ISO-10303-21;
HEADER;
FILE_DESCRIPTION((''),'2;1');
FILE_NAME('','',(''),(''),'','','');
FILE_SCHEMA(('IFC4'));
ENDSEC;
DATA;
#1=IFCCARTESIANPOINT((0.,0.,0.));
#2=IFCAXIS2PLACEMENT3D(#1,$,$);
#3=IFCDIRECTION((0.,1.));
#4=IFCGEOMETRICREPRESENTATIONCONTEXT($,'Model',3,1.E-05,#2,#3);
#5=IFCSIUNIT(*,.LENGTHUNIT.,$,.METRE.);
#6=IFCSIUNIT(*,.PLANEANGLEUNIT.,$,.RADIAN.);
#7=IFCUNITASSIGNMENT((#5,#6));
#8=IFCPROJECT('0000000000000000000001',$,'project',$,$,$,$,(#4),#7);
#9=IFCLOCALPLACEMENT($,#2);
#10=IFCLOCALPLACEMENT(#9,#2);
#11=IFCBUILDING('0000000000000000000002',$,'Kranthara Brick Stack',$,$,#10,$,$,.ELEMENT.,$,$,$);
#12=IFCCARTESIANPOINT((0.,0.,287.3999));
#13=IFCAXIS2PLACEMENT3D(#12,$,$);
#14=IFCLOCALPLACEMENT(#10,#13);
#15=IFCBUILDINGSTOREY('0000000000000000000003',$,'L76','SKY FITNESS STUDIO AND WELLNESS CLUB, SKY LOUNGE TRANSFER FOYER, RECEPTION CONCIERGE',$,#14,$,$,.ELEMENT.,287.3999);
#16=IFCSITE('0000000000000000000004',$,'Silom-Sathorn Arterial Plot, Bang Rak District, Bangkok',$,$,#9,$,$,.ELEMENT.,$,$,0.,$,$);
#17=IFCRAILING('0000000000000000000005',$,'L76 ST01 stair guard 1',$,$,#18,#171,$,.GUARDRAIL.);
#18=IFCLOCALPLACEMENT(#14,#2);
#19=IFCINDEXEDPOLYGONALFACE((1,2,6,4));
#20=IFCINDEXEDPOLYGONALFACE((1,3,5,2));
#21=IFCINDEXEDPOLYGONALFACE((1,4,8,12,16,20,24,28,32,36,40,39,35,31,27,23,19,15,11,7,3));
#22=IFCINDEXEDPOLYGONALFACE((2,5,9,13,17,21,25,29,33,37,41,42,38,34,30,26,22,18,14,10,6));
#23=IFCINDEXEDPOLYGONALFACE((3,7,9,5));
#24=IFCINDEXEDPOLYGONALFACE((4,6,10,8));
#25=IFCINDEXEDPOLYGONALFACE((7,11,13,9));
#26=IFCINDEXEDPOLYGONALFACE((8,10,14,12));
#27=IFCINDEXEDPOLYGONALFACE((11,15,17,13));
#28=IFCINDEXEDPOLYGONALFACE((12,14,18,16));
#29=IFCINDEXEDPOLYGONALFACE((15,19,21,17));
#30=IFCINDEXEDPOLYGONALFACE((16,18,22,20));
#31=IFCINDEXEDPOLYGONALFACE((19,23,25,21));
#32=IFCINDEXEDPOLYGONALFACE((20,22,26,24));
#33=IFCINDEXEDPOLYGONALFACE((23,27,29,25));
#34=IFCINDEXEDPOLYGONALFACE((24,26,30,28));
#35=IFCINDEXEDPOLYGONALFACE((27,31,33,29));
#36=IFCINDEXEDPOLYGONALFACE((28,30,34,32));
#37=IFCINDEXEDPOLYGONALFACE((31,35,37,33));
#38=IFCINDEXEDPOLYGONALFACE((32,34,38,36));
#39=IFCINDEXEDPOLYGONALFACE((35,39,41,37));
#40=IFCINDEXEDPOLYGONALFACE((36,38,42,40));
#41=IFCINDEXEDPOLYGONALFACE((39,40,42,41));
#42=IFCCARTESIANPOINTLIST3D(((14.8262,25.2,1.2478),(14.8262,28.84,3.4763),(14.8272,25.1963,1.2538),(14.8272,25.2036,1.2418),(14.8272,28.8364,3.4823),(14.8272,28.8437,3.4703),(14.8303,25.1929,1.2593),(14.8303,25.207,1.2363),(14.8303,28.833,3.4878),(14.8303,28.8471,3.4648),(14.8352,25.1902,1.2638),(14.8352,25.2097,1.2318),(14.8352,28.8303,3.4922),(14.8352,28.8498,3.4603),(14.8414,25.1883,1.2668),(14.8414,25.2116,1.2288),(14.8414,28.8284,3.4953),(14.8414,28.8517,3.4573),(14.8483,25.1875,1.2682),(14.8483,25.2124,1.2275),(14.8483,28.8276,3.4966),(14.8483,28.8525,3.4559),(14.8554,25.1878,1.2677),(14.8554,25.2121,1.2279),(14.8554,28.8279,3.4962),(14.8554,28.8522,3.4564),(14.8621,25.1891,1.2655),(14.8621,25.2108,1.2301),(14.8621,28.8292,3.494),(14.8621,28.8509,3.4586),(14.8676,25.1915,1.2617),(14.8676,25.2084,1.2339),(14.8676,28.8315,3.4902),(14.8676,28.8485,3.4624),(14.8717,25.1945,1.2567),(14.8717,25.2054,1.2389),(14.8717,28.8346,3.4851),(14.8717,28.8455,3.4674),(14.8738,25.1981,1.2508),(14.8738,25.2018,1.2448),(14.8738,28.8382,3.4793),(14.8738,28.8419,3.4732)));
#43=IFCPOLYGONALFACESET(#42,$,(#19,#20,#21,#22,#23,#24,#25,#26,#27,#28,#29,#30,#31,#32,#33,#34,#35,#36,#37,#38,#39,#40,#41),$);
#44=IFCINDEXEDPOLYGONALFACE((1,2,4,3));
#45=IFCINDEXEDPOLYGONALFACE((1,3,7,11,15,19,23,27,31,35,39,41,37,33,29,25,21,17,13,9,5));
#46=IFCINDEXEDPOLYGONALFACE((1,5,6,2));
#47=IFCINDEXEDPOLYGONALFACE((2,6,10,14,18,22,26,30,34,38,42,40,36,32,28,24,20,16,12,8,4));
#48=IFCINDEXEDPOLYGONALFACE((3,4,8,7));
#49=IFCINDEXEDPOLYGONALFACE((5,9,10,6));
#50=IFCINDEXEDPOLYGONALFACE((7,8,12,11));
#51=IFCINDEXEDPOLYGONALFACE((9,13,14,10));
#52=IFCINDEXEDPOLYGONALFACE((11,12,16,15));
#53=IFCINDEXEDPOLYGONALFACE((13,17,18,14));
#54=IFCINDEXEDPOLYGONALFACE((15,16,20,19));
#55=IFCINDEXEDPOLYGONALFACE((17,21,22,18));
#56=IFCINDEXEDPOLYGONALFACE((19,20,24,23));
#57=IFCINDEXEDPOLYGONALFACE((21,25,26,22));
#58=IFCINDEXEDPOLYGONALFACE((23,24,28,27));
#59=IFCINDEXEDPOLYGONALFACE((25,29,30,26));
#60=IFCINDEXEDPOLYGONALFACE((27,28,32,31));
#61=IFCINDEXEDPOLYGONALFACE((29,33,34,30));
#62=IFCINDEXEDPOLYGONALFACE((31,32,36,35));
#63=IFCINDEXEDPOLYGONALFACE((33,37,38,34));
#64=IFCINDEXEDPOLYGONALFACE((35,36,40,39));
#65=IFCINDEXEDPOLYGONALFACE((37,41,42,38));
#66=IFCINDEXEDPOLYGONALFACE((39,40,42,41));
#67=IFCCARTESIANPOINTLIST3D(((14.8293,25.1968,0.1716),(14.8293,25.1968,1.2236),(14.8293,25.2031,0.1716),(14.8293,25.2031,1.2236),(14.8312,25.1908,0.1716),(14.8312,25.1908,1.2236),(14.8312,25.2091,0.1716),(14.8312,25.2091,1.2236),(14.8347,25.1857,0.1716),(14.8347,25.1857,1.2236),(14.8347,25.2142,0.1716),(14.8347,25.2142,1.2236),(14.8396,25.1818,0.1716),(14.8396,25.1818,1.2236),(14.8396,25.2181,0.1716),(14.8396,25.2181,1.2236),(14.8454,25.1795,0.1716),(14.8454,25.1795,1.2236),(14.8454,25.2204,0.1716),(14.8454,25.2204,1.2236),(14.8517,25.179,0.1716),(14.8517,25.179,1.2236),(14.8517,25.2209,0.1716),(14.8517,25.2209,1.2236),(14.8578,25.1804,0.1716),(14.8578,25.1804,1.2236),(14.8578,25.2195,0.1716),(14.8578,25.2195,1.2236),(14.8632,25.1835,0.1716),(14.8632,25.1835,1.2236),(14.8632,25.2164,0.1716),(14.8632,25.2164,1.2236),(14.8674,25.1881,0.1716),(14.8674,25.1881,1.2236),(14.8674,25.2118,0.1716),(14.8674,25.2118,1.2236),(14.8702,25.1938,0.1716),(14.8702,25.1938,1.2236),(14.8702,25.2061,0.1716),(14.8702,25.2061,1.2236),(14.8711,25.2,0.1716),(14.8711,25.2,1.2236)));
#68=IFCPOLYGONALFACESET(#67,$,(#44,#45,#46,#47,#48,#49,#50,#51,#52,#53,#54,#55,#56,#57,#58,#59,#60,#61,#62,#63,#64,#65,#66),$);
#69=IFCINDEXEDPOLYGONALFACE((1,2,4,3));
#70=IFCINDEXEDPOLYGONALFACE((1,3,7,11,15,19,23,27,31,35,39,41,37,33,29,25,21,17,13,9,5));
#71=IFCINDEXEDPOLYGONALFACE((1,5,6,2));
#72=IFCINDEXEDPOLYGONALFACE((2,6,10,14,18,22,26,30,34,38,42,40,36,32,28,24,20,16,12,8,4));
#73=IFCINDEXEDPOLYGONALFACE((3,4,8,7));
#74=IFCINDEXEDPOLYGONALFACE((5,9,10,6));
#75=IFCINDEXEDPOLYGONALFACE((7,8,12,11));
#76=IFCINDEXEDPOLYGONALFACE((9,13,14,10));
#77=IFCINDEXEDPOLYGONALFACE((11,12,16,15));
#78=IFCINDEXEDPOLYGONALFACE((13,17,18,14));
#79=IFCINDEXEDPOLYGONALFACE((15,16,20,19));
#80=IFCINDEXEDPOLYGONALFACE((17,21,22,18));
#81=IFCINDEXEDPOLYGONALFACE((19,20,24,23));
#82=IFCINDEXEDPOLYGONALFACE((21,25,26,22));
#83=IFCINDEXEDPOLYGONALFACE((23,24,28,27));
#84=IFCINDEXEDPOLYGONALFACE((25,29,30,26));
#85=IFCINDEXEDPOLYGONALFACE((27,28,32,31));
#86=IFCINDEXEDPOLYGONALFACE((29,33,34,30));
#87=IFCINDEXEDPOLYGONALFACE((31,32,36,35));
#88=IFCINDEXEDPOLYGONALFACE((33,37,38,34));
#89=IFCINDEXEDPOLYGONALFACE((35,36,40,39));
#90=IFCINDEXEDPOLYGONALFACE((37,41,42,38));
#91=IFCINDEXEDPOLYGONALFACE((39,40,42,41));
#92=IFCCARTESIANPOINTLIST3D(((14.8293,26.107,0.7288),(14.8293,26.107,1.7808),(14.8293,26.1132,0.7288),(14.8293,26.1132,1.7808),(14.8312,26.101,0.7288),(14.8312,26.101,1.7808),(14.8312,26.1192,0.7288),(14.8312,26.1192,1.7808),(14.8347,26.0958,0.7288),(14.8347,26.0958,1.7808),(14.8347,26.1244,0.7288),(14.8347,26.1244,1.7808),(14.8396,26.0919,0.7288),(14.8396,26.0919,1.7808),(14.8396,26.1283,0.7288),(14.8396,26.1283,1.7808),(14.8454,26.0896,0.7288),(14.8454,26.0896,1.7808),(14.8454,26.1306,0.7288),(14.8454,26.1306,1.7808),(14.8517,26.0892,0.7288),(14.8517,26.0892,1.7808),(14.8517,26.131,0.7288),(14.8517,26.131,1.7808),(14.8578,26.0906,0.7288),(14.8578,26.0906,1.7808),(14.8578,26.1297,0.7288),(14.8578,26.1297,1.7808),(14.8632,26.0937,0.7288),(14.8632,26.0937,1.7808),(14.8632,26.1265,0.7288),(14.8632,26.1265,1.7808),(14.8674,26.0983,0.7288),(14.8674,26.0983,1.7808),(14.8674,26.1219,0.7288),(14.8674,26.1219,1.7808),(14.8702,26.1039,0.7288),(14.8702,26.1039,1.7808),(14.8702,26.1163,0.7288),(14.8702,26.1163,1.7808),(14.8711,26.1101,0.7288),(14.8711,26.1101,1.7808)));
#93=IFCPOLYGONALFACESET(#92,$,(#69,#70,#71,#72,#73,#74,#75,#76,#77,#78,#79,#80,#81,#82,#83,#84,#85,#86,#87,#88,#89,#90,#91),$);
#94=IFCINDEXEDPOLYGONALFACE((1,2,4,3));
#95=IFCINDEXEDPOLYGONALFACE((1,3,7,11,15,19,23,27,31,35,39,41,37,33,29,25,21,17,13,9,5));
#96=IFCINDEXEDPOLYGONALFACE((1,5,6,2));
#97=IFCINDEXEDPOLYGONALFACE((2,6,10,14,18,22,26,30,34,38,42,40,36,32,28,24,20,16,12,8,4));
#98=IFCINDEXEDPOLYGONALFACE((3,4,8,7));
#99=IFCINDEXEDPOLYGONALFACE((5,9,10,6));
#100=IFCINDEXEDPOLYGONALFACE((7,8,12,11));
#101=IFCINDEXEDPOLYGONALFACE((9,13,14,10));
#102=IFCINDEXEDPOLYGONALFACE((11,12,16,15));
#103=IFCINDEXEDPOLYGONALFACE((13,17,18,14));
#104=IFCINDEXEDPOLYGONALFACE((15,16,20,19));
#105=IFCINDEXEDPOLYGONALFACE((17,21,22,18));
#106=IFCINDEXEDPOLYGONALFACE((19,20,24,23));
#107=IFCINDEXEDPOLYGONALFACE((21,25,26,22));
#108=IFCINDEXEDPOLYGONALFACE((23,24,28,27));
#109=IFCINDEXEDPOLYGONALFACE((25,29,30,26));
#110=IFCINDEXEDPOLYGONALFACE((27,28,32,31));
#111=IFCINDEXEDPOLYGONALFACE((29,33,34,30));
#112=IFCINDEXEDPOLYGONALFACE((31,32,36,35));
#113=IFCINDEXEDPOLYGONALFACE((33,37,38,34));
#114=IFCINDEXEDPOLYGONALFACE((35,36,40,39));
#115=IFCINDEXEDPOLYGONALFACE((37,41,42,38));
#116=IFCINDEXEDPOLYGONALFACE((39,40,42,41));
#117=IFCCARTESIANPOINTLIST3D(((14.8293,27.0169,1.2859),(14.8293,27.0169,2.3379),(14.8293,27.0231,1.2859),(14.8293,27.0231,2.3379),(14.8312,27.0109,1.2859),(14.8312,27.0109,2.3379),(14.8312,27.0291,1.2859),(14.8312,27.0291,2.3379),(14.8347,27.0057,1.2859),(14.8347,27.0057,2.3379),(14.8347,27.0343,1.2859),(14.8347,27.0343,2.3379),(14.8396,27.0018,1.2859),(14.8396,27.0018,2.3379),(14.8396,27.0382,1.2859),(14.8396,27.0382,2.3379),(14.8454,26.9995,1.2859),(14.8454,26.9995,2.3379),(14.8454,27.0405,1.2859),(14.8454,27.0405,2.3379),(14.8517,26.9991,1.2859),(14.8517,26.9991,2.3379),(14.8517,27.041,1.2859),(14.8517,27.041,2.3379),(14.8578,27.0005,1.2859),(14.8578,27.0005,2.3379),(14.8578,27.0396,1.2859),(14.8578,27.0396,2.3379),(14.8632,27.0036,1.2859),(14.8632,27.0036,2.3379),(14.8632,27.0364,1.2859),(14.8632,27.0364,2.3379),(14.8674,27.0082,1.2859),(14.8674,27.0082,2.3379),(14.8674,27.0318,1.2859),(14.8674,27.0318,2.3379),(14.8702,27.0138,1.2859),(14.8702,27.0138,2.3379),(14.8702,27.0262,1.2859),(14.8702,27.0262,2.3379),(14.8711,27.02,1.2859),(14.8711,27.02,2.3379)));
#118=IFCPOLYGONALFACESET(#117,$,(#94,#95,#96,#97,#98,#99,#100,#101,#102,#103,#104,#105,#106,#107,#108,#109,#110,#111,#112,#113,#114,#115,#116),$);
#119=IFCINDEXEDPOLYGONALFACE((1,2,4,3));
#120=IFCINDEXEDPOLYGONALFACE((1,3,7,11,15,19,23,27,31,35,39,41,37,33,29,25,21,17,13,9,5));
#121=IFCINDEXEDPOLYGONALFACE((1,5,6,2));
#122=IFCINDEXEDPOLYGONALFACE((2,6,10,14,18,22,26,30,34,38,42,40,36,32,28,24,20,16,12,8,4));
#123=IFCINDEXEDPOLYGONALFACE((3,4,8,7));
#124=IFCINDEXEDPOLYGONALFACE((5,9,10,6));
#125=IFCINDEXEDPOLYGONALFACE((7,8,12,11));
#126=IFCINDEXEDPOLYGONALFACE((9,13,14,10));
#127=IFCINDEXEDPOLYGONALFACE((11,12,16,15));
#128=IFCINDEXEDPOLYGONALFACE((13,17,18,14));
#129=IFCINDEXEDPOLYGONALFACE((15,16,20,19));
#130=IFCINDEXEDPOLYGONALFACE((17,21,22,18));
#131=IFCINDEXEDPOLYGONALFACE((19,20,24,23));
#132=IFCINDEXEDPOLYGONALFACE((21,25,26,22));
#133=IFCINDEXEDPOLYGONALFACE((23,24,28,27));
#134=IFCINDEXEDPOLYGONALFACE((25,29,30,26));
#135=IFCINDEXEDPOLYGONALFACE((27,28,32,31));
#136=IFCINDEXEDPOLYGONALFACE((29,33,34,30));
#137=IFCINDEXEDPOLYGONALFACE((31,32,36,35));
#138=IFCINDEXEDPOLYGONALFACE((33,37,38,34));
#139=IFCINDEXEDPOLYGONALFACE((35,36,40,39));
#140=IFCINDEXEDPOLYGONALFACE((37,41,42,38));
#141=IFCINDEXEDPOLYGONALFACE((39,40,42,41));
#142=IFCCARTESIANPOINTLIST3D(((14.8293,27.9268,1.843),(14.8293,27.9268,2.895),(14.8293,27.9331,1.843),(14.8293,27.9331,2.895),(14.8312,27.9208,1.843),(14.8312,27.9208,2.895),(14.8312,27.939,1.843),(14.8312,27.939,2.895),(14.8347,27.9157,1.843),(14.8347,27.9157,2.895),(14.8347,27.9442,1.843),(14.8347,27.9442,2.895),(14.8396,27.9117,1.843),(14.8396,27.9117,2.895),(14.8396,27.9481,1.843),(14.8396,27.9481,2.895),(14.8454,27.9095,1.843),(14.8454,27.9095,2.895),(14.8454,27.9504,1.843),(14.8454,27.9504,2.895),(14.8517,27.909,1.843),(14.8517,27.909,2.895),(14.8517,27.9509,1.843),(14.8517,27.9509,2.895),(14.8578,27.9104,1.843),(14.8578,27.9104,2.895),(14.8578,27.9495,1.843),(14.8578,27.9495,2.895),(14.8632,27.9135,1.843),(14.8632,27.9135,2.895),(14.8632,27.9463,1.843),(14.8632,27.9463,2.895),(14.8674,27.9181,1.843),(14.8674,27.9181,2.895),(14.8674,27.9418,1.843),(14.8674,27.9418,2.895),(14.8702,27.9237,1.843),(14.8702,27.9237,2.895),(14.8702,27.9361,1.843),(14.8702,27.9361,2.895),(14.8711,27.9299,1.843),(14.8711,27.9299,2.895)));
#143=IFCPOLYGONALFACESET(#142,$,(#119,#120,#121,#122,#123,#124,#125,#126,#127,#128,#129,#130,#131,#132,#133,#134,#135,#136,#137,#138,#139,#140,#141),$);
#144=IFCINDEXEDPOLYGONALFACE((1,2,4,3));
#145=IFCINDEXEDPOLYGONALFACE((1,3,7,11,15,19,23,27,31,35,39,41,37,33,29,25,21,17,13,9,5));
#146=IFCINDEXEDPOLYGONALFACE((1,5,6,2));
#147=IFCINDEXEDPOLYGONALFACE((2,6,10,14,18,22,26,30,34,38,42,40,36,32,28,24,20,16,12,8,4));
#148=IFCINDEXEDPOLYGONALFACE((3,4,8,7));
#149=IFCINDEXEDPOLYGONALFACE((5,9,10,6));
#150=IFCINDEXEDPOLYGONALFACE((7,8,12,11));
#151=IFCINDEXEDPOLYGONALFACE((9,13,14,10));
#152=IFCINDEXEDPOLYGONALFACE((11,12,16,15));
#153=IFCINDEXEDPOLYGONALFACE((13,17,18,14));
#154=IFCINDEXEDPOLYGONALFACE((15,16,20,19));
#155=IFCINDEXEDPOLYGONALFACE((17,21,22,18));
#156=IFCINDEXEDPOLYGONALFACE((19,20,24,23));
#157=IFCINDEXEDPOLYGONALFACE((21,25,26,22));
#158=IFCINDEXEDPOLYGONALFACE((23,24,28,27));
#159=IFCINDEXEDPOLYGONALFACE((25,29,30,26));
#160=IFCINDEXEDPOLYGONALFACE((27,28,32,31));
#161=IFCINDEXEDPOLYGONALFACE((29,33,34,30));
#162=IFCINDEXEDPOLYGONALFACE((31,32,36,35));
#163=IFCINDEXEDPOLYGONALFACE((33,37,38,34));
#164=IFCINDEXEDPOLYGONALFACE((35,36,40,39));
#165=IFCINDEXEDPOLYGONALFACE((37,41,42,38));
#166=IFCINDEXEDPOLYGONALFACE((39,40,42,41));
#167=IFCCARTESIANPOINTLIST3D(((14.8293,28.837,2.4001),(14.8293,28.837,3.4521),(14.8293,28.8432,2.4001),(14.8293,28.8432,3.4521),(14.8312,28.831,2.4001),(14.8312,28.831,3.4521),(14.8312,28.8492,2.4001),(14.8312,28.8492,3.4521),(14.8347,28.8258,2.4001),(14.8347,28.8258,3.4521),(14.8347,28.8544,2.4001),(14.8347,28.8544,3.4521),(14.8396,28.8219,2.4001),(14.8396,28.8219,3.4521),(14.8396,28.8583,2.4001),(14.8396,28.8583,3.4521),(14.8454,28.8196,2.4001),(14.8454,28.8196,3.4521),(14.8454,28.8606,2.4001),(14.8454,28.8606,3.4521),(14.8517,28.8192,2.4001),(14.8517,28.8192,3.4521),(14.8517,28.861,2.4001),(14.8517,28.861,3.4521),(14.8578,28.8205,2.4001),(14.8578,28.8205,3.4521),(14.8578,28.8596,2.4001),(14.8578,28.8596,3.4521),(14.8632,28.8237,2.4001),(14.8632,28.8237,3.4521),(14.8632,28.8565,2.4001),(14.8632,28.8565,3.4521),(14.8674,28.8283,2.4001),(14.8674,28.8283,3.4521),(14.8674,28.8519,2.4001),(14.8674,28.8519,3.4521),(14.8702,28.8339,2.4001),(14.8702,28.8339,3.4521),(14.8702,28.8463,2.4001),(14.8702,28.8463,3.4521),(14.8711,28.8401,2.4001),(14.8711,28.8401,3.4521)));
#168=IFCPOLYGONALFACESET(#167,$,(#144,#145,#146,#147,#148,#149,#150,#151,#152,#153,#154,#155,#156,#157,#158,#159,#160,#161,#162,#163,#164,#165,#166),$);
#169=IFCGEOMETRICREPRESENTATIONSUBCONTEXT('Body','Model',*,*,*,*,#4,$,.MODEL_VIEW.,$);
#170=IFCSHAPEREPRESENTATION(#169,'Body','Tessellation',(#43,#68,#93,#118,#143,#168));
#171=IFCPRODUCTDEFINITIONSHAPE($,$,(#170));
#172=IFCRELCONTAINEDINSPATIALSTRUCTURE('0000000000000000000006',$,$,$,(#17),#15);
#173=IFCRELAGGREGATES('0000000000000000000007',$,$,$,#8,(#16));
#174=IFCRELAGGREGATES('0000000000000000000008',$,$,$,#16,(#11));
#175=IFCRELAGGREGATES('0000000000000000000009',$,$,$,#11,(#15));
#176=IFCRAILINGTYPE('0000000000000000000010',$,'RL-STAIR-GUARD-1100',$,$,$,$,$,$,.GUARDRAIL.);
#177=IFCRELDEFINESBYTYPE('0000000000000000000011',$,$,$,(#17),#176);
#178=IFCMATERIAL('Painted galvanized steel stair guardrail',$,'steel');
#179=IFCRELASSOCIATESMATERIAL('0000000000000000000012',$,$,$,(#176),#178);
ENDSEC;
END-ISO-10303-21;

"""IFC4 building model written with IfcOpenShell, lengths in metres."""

from ifc_helpers import new_model, si_unit, direction, frame, origin, origin_2d, place, context, subcontext, project, spatial, circle, extrude, material, type_object, element, save


model = new_model("IFC4")

# Units and contexts
model_context = context("Model", 3, precision=1e-05, world=origin(), true_north=direction((0.0, 1.0)))
body_context = subcontext(model_context, "Body", "Model", "MODEL_VIEW")
ifc_project = project(units=[si_unit("LENGTHUNIT", "METRE"), si_unit("PLANEANGLEUNIT", "RADIAN")], contexts=[model_context])

# Site, building, storey
site_placement = place(None, origin())
site = spatial("IfcSite", under=ifc_project, at=site_placement, Name="Silom-Sathorn Arterial Plot, Bang Rak District, Bangkok", CompositionType="ELEMENT", RefElevation=0.0)
building_placement = place(site_placement, origin())
building = spatial("IfcBuilding", under=site, at=building_placement, Name="Kranthara Brick Stack", CompositionType="ELEMENT")
storey_placement = place(building_placement, frame((0.0, 0.0, 287.3999)))
storey = spatial("IfcBuildingStorey", under=building, at=storey_placement, Name="L76", Description="SKY FITNESS STUDIO AND WELLNESS CLUB, SKY LOUNGE TRANSFER FOYER, RECEPTION CONCIERGE", CompositionType="ELEMENT", Elevation=287.3999)

# Railing
ifc_material_1 = material(Name="Painted galvanized steel stair guardrail", Category="steel")
railing_type_1 = type_object("IfcRailingType", Name="RL-STAIR-GUARD-1100", PredefinedType="GUARDRAIL", material=ifc_material_1)
railing_1_placement = place(storey_placement, frame((14.8501, 25.2, 0.1716)))
element("IfcRailing", 1, at=railing_1_placement, inside=storey, type_object=railing_type_1, Name="L76 ST01 stair guard 1", PredefinedType="GUARDRAIL", context=body_context, shape_type="SweptSolid", body=[
    extrude(circle(Radius=0.0239, at=origin_2d()), frame((0.0, 0.0, 1.0762), z_axis=(0.0, 0.852866, 0.52213), x_axis=(-1.0, 0.0, 0.0)), (0.0, 0.0, 1.0), 4.2681),
    extrude(circle(Radius=0.021, at=origin_2d()), origin(), (0.0, 0.0, 1.0), 1.052),
    extrude(circle(Radius=0.021, at=origin_2d()), frame((0.0, 0.9102, 0.5571)), (0.0, 0.0, 1.0), 1.052),
    extrude(circle(Radius=0.021, at=origin_2d()), frame((0.0, 1.8201, 1.1143)), (0.0, 0.0, 1.0), 1.052),
    extrude(circle(Radius=0.021, at=origin_2d()), frame((0.0, 2.73, 1.6714)), (0.0, 0.0, 1.0), 1.052),
    extrude(circle(Radius=0.021, at=origin_2d()), frame((0.0, 3.6401, 2.2285)), (0.0, 0.0, 1.0), 1.052),
])

save(model, "model.ifc")
